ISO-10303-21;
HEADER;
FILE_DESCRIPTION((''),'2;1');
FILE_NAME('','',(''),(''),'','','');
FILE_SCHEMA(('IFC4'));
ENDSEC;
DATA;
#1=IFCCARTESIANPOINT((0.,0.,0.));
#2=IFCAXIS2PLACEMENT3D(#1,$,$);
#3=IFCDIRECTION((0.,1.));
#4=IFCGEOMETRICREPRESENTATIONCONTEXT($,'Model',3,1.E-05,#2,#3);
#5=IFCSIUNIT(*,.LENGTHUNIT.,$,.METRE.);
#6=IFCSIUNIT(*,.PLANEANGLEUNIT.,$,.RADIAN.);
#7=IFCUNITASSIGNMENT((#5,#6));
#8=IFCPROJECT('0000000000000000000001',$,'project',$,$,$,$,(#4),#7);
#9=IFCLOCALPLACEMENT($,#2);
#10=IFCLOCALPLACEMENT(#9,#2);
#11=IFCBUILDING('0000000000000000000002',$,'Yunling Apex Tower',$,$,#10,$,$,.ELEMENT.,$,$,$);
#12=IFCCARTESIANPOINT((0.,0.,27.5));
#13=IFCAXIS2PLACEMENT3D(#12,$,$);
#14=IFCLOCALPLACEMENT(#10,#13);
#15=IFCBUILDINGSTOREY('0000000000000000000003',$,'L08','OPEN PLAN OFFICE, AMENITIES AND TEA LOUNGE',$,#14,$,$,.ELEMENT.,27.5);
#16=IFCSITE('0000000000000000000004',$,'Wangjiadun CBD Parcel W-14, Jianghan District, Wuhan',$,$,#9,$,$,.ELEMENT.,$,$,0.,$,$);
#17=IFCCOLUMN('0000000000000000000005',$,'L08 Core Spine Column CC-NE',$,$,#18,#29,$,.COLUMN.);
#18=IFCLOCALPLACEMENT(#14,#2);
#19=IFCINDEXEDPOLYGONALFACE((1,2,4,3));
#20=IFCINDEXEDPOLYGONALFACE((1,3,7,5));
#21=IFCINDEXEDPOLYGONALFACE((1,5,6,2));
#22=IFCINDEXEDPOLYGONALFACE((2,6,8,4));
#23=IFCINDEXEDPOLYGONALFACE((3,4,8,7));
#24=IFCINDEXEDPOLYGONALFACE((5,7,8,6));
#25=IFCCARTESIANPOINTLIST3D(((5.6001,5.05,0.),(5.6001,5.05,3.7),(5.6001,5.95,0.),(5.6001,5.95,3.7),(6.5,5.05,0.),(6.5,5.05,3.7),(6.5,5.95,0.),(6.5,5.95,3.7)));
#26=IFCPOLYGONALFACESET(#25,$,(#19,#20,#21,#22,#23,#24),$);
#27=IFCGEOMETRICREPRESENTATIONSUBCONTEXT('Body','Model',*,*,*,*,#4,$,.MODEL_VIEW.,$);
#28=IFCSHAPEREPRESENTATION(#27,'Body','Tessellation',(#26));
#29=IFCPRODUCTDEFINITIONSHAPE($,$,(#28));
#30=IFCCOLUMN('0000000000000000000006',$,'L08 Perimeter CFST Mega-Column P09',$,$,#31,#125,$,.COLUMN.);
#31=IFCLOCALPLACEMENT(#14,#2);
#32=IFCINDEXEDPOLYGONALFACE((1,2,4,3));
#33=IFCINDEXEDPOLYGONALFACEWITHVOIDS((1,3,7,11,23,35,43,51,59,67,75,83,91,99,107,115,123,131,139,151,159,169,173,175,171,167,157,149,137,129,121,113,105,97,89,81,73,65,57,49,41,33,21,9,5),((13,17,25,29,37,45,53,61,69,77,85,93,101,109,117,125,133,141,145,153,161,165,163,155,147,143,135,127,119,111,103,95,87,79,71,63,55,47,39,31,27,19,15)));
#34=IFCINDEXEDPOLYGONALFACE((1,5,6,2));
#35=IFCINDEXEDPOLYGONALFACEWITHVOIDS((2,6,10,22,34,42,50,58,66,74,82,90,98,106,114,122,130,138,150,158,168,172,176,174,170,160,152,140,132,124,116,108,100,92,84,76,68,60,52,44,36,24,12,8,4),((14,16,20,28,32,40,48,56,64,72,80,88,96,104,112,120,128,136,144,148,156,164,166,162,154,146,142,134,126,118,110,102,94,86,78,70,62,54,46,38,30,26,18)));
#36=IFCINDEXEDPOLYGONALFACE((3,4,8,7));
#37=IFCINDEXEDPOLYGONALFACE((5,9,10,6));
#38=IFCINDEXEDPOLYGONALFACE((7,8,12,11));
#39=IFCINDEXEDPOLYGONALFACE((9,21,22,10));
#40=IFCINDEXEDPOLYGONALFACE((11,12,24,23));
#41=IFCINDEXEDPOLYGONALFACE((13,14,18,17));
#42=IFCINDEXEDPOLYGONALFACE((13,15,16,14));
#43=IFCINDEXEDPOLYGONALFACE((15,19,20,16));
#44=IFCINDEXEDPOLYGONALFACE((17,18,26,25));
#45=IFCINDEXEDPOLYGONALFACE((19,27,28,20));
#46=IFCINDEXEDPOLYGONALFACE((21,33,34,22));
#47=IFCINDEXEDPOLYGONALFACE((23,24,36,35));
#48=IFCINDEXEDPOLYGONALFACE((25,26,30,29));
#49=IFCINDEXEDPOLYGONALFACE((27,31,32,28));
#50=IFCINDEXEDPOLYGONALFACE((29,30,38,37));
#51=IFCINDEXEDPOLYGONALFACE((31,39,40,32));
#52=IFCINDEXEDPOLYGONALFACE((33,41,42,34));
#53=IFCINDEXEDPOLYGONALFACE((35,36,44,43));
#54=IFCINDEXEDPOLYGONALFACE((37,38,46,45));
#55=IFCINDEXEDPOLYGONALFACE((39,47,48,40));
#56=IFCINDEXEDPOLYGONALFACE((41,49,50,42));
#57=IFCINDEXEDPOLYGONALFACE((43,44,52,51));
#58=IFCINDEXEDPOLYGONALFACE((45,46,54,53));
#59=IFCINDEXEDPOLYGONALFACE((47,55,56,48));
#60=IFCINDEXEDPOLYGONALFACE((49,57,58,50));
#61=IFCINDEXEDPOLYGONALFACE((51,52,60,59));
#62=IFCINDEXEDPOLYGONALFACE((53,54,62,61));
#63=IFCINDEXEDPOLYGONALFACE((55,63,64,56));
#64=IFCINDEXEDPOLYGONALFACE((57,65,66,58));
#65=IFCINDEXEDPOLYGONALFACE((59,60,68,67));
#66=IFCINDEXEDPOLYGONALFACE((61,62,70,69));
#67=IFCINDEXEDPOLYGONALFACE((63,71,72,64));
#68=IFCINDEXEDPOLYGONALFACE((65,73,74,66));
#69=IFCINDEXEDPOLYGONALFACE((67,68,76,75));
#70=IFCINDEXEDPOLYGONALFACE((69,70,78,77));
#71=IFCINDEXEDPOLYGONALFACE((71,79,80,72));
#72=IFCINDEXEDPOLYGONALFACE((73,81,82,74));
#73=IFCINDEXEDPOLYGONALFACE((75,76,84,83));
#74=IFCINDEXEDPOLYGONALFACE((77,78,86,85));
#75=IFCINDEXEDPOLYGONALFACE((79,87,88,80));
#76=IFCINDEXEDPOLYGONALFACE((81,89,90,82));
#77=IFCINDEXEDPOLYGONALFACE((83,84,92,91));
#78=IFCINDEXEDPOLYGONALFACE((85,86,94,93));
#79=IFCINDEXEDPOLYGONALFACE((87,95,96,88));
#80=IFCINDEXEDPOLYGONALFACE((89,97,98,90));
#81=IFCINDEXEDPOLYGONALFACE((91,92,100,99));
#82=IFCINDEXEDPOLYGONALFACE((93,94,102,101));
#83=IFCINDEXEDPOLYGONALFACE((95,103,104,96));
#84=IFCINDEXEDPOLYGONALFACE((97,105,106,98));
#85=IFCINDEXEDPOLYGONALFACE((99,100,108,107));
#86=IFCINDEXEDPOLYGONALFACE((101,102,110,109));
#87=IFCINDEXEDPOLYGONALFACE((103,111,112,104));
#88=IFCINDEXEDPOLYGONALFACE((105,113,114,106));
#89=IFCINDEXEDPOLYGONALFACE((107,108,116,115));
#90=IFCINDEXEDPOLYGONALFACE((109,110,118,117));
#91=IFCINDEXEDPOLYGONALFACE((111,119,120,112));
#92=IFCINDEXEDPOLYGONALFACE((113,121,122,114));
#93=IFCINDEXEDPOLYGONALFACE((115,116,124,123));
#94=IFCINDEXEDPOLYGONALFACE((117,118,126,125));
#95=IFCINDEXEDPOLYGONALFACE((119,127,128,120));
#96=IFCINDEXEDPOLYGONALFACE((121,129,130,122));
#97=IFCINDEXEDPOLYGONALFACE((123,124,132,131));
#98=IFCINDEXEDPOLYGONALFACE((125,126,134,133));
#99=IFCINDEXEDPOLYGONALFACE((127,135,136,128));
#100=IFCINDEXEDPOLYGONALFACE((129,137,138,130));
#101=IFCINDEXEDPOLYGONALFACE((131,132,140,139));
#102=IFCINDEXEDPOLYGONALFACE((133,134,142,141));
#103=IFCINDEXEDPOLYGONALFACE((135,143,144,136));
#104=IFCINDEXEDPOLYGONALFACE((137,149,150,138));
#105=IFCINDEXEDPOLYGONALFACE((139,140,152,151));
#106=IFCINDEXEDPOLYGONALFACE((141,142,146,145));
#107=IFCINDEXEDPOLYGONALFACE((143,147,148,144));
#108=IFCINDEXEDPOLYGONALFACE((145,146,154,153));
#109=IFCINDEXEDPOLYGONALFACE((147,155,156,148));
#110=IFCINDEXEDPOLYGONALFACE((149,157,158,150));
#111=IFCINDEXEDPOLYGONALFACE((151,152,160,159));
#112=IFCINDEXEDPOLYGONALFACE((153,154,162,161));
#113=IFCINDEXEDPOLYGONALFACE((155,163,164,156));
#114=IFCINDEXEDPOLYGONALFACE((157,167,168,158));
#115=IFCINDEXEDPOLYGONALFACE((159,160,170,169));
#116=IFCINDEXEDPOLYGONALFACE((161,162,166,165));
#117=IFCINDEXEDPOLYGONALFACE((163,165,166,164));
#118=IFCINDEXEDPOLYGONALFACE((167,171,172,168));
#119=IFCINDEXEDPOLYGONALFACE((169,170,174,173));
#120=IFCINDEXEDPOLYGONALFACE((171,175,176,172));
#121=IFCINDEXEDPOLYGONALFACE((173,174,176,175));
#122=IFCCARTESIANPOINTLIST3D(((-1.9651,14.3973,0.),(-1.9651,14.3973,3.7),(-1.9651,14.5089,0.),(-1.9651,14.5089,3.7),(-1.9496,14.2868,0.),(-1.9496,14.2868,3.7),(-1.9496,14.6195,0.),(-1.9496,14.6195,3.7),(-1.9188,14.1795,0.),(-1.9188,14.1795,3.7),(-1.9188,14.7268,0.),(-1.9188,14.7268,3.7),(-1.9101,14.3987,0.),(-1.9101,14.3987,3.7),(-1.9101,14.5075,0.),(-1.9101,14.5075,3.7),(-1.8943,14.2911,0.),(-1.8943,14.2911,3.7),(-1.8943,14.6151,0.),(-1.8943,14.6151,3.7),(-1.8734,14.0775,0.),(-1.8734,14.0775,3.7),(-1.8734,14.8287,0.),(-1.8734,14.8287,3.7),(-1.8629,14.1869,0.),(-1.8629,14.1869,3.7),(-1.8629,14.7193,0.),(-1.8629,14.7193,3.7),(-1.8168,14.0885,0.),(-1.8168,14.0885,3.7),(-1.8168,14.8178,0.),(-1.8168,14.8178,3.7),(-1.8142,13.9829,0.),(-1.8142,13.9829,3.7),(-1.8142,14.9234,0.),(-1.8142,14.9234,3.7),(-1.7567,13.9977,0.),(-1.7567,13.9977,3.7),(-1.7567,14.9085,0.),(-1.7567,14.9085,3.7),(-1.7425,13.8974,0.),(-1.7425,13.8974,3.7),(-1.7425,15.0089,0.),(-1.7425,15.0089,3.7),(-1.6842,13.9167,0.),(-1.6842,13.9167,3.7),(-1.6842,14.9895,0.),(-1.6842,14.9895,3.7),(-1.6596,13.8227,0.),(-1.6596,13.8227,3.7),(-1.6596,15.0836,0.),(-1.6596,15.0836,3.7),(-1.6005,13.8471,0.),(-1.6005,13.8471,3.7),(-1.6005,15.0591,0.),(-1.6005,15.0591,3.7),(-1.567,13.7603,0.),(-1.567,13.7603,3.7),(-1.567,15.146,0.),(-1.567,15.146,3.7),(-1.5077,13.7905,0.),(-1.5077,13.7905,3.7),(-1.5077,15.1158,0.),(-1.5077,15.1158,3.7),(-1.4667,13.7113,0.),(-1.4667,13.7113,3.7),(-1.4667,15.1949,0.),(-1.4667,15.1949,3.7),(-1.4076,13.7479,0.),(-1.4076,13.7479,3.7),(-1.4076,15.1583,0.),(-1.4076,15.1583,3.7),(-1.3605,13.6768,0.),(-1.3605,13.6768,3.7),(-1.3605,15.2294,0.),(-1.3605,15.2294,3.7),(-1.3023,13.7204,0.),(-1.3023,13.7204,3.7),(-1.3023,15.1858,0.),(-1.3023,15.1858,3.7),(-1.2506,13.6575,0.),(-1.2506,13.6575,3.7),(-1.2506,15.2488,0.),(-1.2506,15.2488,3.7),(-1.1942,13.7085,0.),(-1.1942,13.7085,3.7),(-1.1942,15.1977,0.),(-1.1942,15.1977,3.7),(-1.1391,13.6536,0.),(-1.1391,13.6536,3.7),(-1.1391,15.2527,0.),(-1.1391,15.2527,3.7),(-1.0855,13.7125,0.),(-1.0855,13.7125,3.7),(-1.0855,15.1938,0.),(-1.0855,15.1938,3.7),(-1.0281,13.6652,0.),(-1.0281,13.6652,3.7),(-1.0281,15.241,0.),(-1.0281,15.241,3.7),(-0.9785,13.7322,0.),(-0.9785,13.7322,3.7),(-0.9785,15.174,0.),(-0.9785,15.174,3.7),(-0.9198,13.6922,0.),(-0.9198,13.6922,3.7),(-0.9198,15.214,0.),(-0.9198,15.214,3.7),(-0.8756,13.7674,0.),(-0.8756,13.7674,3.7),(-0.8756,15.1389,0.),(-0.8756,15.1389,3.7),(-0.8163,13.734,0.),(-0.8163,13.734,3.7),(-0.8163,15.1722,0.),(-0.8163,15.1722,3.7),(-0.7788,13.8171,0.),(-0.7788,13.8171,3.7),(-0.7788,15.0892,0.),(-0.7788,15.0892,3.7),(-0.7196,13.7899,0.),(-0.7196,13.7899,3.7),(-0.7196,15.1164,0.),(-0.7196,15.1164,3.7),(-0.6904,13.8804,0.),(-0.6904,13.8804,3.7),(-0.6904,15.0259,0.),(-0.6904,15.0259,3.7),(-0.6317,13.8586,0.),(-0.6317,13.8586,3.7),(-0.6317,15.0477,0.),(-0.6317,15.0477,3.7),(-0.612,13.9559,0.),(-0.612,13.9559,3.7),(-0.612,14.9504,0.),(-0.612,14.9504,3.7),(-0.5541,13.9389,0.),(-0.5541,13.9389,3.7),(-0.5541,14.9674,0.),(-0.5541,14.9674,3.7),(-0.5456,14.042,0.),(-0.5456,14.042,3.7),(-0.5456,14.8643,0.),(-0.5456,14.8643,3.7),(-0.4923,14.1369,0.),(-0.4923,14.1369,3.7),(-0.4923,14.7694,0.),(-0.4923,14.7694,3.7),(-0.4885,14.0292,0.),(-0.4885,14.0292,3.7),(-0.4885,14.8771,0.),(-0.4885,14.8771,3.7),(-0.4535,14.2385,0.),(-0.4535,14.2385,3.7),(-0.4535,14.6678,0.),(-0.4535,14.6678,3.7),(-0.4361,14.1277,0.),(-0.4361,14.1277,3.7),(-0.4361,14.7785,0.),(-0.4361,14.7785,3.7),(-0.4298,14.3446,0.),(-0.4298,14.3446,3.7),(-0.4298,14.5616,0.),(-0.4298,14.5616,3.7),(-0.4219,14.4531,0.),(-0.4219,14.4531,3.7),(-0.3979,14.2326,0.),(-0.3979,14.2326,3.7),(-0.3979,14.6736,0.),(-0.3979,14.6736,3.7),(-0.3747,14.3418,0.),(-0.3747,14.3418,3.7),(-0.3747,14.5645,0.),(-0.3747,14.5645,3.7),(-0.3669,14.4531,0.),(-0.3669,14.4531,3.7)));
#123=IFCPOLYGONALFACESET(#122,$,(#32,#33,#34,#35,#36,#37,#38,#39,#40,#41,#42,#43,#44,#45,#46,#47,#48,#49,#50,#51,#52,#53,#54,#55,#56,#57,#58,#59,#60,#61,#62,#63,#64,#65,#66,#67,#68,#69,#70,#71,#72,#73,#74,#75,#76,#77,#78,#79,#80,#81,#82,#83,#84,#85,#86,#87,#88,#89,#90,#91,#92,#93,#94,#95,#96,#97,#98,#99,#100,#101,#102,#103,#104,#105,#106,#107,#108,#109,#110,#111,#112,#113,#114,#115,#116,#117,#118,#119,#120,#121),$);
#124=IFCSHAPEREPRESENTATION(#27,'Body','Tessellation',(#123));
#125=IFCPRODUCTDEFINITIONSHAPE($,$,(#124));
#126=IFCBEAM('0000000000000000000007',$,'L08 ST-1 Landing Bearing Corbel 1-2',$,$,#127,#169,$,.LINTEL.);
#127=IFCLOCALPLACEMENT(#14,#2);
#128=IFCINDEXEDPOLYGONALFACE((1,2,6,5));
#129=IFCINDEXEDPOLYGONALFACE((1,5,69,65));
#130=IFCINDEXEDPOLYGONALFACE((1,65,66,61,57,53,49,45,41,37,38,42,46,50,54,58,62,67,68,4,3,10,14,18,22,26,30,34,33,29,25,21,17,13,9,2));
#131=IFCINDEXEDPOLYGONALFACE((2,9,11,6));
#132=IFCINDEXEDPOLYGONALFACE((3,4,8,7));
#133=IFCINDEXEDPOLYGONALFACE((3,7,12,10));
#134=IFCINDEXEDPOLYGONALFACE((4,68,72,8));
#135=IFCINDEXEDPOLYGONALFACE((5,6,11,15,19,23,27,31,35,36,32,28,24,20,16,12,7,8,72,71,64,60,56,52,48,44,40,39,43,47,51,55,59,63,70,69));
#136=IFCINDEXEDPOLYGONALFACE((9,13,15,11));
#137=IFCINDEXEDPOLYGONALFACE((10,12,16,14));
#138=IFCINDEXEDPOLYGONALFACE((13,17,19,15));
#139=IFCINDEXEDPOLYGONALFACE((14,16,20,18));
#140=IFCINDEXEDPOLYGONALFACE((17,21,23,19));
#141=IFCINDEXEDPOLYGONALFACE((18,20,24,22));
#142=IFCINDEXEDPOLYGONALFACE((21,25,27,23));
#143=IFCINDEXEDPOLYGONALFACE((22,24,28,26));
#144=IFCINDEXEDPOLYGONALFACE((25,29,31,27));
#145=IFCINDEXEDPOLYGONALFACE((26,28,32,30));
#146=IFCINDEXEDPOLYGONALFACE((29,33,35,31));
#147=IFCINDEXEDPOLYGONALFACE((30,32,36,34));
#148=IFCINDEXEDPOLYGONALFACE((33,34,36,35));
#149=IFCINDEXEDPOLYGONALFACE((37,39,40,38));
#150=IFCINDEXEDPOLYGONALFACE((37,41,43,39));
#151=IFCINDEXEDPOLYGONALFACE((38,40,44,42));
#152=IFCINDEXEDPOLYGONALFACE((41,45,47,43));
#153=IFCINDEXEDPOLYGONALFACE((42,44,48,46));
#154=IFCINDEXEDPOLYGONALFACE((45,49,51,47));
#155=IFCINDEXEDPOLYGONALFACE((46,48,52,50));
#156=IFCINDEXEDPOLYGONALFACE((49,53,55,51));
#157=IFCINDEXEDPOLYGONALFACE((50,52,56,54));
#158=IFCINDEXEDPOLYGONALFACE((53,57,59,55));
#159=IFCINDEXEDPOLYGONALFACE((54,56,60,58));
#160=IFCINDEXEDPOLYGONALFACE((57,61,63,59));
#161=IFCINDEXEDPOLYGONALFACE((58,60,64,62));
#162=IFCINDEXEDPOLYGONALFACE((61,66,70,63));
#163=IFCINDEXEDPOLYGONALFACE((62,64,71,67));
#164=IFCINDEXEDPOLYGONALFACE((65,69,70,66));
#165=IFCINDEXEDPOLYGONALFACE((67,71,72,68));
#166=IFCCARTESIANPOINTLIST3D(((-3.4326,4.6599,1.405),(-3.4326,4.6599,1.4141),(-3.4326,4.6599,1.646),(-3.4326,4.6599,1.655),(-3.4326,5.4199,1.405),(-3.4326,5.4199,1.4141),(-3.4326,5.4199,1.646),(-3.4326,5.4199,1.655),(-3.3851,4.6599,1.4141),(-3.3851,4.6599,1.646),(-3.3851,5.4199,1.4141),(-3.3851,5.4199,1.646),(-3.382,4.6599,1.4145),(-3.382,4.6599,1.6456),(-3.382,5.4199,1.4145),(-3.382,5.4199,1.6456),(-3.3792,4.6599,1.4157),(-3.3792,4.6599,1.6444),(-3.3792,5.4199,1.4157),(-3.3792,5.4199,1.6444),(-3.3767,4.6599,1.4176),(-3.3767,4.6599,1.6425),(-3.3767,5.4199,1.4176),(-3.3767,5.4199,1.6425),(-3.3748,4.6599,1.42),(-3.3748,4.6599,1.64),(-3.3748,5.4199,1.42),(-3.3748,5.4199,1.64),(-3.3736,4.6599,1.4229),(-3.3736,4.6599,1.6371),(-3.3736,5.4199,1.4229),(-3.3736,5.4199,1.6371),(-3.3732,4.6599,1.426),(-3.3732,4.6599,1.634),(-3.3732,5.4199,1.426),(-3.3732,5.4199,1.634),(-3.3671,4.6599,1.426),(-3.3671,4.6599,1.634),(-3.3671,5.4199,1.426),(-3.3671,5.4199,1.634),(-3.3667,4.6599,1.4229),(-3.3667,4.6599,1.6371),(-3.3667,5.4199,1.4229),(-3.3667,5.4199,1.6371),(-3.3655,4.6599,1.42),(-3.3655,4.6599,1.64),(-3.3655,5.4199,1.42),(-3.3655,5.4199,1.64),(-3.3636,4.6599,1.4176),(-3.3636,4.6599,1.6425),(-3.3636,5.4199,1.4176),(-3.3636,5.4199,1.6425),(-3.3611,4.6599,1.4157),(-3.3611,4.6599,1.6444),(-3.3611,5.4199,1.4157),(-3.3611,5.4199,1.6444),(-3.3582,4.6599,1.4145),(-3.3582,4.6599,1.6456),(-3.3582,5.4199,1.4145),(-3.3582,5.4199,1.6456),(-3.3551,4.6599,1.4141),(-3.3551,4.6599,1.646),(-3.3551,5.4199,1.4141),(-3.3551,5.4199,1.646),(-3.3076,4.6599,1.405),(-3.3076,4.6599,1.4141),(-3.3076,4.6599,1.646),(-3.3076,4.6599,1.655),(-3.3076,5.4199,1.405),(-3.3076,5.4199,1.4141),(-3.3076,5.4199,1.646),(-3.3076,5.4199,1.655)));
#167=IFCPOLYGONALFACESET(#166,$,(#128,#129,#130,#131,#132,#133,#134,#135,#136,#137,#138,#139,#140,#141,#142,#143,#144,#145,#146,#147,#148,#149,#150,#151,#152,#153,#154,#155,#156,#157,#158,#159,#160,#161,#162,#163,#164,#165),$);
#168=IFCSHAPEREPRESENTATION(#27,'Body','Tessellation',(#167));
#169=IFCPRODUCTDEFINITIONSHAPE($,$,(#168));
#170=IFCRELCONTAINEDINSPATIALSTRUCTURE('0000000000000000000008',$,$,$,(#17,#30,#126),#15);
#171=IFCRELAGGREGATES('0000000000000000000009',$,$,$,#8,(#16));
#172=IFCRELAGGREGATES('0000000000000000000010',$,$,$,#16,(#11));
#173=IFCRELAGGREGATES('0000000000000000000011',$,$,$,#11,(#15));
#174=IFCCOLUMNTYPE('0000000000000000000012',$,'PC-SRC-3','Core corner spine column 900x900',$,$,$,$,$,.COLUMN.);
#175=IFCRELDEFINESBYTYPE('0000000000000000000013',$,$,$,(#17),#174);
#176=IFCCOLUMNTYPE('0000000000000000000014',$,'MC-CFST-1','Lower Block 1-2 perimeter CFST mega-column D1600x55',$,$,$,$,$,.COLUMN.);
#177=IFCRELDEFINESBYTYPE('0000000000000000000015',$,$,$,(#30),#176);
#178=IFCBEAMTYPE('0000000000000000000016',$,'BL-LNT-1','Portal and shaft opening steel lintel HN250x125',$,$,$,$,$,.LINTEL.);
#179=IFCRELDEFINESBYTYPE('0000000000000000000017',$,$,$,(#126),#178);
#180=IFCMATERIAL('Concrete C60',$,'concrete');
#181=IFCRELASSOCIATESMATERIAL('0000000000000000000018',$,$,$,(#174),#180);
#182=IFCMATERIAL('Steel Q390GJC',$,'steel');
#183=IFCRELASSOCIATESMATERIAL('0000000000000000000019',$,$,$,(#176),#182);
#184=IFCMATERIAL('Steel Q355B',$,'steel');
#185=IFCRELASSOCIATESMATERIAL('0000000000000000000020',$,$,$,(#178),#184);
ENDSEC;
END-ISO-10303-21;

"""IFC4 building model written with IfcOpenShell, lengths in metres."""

from ifc_helpers import new_model, si_unit, direction, frame, origin, origin_2d, place, context, subcontext, project, spatial, rectangle, hollow_circle, i_section, extrude, source, transform, mapped, material, material_profile, profile_set, type_object, element, save


model = new_model("IFC4")

# Units and contexts
model_context = context("Model", 3, precision=1e-05, world=origin(), true_north=direction((0.0, 1.0)))
body_context = subcontext(model_context, "Body", "Model", "MODEL_VIEW")
ifc_project = project(units=[si_unit("LENGTHUNIT", "METRE"), si_unit("PLANEANGLEUNIT", "RADIAN")], contexts=[model_context])

# Site, building, storey
site_placement = place(None, origin())
site = spatial("IfcSite", under=ifc_project, at=site_placement, Name="Wangjiadun CBD Parcel W-14, Jianghan District, Wuhan", CompositionType="ELEMENT", RefElevation=0.0)
building_placement = place(site_placement, origin())
building = spatial("IfcBuilding", under=site, at=building_placement, Name="Yunling Apex Tower", CompositionType="ELEMENT")
storey_placement = place(building_placement, frame((0.0, 0.0, 27.5)))
storey = spatial("IfcBuildingStorey", under=building, at=storey_placement, Name="L08", Description="OPEN PLAN OFFICE, AMENITIES AND TEA LOUNGE", CompositionType="ELEMENT", Elevation=27.5)

# Columns
ifc_material_1 = material(Name="Concrete C60", Category="concrete")
ifc_material_profile_1 = material_profile(ifc_material_1, rectangle(XDim=0.8999, YDim=0.8999, at=origin_2d()))
ifc_profile_set_1 = profile_set([ifc_material_profile_1], Name="Concrete C60")
column_type_1 = type_object("IfcColumnType", Name="PC-SRC-3", Description="Core corner spine column 900x900", PredefinedType="COLUMN", material=ifc_profile_set_1)
shared_shape_1 = source(origin(), body_context, "Body", "SweptSolid", [
    extrude(rectangle(XDim=0.8999, YDim=0.8999, at=origin_2d()), origin(), (0.0, 0.0, 1.0), 3.7),
])
column_1_placement = place(storey_placement, frame((6.05, 5.5, 0.0), z_axis=(0.0, 0.0, 1.0), x_axis=(1.0, 0.0, 0.0)))
element("IfcColumn", 1, at=column_1_placement, inside=storey, type_object=column_type_1, Name="L08 Core Spine Column CC-NE", PredefinedType="COLUMN", context=body_context, shape_type="MappedRepresentation", body=[
    mapped(shared_shape_1, transform((0.0, 0.0, 0.0), scale=1.0)),
])
ifc_material_2 = material(Name="Steel Q390GJC", Category="steel")
ifc_material_profile_2 = material_profile(ifc_material_2, hollow_circle(Radius=0.8, WallThickness=0.0549, at=origin_2d()))
ifc_profile_set_2 = profile_set([ifc_material_profile_2], Name="Steel Q390GJC")
column_type_2 = type_object("IfcColumnType", Name="MC-CFST-1", Description="Lower Block 1-2 perimeter CFST mega-column D1600x55", PredefinedType="COLUMN", material=ifc_profile_set_2)
shared_shape_2 = source(origin(), body_context, "Body", "SweptSolid", [
    extrude(hollow_circle(Radius=0.8, WallThickness=0.0549, at=origin_2d()), origin(), (0.0, 0.0, 1.0), 3.7),
])
column_2_placement = place(storey_placement, frame((-1.167, 14.4531, 0.0), z_axis=(0.0, 0.0, 1.0), x_axis=(1.0, 0.0, 0.0)))
element("IfcColumn", 2, at=column_2_placement, inside=storey, type_object=column_type_2, Name="L08 Perimeter CFST Mega-Column P09", PredefinedType="COLUMN", context=body_context, shape_type="MappedRepresentation", body=[
    mapped(shared_shape_2, transform((0.0, 0.0, 0.0), scale=1.0)),
])

# Beam
ifc_material_3 = material(Name="Steel Q355B", Category="steel")
ifc_material_profile_3 = material_profile(ifc_material_3, i_section(OverallWidth=0.125, OverallDepth=0.25, WebThickness=0.0061, FlangeThickness=0.009, FilletRadius=0.012, at=origin_2d()))
ifc_profile_set_3 = profile_set([ifc_material_profile_3], Name="Steel Q355B")
beam_type_1 = type_object("IfcBeamType", Name="BL-LNT-1", Description="Portal and shaft opening steel lintel HN250x125", PredefinedType="LINTEL", material=ifc_profile_set_3)
shared_shape_3 = source(origin(), body_context, "Body", "SweptSolid", [
    extrude(i_section(OverallWidth=0.125, OverallDepth=0.25, WebThickness=0.0061, FlangeThickness=0.009, FilletRadius=0.012, at=origin_2d()), origin(), (0.0, 0.0, 1.0), 0.76),
])
beam_1_placement = place(storey_placement, frame((-3.3701, 5.4199, 1.53), z_axis=(0.0, -1.0, 0.0), x_axis=(1.0, 0.0, 0.0)))
element("IfcBeam", 3, at=beam_1_placement, inside=storey, type_object=beam_type_1, Name="L08 ST-1 Landing Bearing Corbel 1-2", PredefinedType="LINTEL", context=body_context, shape_type="MappedRepresentation", body=[
    mapped(shared_shape_3, transform((0.0, 0.0, 0.0), scale=1.0)),
])

save(model, "model.ifc")
